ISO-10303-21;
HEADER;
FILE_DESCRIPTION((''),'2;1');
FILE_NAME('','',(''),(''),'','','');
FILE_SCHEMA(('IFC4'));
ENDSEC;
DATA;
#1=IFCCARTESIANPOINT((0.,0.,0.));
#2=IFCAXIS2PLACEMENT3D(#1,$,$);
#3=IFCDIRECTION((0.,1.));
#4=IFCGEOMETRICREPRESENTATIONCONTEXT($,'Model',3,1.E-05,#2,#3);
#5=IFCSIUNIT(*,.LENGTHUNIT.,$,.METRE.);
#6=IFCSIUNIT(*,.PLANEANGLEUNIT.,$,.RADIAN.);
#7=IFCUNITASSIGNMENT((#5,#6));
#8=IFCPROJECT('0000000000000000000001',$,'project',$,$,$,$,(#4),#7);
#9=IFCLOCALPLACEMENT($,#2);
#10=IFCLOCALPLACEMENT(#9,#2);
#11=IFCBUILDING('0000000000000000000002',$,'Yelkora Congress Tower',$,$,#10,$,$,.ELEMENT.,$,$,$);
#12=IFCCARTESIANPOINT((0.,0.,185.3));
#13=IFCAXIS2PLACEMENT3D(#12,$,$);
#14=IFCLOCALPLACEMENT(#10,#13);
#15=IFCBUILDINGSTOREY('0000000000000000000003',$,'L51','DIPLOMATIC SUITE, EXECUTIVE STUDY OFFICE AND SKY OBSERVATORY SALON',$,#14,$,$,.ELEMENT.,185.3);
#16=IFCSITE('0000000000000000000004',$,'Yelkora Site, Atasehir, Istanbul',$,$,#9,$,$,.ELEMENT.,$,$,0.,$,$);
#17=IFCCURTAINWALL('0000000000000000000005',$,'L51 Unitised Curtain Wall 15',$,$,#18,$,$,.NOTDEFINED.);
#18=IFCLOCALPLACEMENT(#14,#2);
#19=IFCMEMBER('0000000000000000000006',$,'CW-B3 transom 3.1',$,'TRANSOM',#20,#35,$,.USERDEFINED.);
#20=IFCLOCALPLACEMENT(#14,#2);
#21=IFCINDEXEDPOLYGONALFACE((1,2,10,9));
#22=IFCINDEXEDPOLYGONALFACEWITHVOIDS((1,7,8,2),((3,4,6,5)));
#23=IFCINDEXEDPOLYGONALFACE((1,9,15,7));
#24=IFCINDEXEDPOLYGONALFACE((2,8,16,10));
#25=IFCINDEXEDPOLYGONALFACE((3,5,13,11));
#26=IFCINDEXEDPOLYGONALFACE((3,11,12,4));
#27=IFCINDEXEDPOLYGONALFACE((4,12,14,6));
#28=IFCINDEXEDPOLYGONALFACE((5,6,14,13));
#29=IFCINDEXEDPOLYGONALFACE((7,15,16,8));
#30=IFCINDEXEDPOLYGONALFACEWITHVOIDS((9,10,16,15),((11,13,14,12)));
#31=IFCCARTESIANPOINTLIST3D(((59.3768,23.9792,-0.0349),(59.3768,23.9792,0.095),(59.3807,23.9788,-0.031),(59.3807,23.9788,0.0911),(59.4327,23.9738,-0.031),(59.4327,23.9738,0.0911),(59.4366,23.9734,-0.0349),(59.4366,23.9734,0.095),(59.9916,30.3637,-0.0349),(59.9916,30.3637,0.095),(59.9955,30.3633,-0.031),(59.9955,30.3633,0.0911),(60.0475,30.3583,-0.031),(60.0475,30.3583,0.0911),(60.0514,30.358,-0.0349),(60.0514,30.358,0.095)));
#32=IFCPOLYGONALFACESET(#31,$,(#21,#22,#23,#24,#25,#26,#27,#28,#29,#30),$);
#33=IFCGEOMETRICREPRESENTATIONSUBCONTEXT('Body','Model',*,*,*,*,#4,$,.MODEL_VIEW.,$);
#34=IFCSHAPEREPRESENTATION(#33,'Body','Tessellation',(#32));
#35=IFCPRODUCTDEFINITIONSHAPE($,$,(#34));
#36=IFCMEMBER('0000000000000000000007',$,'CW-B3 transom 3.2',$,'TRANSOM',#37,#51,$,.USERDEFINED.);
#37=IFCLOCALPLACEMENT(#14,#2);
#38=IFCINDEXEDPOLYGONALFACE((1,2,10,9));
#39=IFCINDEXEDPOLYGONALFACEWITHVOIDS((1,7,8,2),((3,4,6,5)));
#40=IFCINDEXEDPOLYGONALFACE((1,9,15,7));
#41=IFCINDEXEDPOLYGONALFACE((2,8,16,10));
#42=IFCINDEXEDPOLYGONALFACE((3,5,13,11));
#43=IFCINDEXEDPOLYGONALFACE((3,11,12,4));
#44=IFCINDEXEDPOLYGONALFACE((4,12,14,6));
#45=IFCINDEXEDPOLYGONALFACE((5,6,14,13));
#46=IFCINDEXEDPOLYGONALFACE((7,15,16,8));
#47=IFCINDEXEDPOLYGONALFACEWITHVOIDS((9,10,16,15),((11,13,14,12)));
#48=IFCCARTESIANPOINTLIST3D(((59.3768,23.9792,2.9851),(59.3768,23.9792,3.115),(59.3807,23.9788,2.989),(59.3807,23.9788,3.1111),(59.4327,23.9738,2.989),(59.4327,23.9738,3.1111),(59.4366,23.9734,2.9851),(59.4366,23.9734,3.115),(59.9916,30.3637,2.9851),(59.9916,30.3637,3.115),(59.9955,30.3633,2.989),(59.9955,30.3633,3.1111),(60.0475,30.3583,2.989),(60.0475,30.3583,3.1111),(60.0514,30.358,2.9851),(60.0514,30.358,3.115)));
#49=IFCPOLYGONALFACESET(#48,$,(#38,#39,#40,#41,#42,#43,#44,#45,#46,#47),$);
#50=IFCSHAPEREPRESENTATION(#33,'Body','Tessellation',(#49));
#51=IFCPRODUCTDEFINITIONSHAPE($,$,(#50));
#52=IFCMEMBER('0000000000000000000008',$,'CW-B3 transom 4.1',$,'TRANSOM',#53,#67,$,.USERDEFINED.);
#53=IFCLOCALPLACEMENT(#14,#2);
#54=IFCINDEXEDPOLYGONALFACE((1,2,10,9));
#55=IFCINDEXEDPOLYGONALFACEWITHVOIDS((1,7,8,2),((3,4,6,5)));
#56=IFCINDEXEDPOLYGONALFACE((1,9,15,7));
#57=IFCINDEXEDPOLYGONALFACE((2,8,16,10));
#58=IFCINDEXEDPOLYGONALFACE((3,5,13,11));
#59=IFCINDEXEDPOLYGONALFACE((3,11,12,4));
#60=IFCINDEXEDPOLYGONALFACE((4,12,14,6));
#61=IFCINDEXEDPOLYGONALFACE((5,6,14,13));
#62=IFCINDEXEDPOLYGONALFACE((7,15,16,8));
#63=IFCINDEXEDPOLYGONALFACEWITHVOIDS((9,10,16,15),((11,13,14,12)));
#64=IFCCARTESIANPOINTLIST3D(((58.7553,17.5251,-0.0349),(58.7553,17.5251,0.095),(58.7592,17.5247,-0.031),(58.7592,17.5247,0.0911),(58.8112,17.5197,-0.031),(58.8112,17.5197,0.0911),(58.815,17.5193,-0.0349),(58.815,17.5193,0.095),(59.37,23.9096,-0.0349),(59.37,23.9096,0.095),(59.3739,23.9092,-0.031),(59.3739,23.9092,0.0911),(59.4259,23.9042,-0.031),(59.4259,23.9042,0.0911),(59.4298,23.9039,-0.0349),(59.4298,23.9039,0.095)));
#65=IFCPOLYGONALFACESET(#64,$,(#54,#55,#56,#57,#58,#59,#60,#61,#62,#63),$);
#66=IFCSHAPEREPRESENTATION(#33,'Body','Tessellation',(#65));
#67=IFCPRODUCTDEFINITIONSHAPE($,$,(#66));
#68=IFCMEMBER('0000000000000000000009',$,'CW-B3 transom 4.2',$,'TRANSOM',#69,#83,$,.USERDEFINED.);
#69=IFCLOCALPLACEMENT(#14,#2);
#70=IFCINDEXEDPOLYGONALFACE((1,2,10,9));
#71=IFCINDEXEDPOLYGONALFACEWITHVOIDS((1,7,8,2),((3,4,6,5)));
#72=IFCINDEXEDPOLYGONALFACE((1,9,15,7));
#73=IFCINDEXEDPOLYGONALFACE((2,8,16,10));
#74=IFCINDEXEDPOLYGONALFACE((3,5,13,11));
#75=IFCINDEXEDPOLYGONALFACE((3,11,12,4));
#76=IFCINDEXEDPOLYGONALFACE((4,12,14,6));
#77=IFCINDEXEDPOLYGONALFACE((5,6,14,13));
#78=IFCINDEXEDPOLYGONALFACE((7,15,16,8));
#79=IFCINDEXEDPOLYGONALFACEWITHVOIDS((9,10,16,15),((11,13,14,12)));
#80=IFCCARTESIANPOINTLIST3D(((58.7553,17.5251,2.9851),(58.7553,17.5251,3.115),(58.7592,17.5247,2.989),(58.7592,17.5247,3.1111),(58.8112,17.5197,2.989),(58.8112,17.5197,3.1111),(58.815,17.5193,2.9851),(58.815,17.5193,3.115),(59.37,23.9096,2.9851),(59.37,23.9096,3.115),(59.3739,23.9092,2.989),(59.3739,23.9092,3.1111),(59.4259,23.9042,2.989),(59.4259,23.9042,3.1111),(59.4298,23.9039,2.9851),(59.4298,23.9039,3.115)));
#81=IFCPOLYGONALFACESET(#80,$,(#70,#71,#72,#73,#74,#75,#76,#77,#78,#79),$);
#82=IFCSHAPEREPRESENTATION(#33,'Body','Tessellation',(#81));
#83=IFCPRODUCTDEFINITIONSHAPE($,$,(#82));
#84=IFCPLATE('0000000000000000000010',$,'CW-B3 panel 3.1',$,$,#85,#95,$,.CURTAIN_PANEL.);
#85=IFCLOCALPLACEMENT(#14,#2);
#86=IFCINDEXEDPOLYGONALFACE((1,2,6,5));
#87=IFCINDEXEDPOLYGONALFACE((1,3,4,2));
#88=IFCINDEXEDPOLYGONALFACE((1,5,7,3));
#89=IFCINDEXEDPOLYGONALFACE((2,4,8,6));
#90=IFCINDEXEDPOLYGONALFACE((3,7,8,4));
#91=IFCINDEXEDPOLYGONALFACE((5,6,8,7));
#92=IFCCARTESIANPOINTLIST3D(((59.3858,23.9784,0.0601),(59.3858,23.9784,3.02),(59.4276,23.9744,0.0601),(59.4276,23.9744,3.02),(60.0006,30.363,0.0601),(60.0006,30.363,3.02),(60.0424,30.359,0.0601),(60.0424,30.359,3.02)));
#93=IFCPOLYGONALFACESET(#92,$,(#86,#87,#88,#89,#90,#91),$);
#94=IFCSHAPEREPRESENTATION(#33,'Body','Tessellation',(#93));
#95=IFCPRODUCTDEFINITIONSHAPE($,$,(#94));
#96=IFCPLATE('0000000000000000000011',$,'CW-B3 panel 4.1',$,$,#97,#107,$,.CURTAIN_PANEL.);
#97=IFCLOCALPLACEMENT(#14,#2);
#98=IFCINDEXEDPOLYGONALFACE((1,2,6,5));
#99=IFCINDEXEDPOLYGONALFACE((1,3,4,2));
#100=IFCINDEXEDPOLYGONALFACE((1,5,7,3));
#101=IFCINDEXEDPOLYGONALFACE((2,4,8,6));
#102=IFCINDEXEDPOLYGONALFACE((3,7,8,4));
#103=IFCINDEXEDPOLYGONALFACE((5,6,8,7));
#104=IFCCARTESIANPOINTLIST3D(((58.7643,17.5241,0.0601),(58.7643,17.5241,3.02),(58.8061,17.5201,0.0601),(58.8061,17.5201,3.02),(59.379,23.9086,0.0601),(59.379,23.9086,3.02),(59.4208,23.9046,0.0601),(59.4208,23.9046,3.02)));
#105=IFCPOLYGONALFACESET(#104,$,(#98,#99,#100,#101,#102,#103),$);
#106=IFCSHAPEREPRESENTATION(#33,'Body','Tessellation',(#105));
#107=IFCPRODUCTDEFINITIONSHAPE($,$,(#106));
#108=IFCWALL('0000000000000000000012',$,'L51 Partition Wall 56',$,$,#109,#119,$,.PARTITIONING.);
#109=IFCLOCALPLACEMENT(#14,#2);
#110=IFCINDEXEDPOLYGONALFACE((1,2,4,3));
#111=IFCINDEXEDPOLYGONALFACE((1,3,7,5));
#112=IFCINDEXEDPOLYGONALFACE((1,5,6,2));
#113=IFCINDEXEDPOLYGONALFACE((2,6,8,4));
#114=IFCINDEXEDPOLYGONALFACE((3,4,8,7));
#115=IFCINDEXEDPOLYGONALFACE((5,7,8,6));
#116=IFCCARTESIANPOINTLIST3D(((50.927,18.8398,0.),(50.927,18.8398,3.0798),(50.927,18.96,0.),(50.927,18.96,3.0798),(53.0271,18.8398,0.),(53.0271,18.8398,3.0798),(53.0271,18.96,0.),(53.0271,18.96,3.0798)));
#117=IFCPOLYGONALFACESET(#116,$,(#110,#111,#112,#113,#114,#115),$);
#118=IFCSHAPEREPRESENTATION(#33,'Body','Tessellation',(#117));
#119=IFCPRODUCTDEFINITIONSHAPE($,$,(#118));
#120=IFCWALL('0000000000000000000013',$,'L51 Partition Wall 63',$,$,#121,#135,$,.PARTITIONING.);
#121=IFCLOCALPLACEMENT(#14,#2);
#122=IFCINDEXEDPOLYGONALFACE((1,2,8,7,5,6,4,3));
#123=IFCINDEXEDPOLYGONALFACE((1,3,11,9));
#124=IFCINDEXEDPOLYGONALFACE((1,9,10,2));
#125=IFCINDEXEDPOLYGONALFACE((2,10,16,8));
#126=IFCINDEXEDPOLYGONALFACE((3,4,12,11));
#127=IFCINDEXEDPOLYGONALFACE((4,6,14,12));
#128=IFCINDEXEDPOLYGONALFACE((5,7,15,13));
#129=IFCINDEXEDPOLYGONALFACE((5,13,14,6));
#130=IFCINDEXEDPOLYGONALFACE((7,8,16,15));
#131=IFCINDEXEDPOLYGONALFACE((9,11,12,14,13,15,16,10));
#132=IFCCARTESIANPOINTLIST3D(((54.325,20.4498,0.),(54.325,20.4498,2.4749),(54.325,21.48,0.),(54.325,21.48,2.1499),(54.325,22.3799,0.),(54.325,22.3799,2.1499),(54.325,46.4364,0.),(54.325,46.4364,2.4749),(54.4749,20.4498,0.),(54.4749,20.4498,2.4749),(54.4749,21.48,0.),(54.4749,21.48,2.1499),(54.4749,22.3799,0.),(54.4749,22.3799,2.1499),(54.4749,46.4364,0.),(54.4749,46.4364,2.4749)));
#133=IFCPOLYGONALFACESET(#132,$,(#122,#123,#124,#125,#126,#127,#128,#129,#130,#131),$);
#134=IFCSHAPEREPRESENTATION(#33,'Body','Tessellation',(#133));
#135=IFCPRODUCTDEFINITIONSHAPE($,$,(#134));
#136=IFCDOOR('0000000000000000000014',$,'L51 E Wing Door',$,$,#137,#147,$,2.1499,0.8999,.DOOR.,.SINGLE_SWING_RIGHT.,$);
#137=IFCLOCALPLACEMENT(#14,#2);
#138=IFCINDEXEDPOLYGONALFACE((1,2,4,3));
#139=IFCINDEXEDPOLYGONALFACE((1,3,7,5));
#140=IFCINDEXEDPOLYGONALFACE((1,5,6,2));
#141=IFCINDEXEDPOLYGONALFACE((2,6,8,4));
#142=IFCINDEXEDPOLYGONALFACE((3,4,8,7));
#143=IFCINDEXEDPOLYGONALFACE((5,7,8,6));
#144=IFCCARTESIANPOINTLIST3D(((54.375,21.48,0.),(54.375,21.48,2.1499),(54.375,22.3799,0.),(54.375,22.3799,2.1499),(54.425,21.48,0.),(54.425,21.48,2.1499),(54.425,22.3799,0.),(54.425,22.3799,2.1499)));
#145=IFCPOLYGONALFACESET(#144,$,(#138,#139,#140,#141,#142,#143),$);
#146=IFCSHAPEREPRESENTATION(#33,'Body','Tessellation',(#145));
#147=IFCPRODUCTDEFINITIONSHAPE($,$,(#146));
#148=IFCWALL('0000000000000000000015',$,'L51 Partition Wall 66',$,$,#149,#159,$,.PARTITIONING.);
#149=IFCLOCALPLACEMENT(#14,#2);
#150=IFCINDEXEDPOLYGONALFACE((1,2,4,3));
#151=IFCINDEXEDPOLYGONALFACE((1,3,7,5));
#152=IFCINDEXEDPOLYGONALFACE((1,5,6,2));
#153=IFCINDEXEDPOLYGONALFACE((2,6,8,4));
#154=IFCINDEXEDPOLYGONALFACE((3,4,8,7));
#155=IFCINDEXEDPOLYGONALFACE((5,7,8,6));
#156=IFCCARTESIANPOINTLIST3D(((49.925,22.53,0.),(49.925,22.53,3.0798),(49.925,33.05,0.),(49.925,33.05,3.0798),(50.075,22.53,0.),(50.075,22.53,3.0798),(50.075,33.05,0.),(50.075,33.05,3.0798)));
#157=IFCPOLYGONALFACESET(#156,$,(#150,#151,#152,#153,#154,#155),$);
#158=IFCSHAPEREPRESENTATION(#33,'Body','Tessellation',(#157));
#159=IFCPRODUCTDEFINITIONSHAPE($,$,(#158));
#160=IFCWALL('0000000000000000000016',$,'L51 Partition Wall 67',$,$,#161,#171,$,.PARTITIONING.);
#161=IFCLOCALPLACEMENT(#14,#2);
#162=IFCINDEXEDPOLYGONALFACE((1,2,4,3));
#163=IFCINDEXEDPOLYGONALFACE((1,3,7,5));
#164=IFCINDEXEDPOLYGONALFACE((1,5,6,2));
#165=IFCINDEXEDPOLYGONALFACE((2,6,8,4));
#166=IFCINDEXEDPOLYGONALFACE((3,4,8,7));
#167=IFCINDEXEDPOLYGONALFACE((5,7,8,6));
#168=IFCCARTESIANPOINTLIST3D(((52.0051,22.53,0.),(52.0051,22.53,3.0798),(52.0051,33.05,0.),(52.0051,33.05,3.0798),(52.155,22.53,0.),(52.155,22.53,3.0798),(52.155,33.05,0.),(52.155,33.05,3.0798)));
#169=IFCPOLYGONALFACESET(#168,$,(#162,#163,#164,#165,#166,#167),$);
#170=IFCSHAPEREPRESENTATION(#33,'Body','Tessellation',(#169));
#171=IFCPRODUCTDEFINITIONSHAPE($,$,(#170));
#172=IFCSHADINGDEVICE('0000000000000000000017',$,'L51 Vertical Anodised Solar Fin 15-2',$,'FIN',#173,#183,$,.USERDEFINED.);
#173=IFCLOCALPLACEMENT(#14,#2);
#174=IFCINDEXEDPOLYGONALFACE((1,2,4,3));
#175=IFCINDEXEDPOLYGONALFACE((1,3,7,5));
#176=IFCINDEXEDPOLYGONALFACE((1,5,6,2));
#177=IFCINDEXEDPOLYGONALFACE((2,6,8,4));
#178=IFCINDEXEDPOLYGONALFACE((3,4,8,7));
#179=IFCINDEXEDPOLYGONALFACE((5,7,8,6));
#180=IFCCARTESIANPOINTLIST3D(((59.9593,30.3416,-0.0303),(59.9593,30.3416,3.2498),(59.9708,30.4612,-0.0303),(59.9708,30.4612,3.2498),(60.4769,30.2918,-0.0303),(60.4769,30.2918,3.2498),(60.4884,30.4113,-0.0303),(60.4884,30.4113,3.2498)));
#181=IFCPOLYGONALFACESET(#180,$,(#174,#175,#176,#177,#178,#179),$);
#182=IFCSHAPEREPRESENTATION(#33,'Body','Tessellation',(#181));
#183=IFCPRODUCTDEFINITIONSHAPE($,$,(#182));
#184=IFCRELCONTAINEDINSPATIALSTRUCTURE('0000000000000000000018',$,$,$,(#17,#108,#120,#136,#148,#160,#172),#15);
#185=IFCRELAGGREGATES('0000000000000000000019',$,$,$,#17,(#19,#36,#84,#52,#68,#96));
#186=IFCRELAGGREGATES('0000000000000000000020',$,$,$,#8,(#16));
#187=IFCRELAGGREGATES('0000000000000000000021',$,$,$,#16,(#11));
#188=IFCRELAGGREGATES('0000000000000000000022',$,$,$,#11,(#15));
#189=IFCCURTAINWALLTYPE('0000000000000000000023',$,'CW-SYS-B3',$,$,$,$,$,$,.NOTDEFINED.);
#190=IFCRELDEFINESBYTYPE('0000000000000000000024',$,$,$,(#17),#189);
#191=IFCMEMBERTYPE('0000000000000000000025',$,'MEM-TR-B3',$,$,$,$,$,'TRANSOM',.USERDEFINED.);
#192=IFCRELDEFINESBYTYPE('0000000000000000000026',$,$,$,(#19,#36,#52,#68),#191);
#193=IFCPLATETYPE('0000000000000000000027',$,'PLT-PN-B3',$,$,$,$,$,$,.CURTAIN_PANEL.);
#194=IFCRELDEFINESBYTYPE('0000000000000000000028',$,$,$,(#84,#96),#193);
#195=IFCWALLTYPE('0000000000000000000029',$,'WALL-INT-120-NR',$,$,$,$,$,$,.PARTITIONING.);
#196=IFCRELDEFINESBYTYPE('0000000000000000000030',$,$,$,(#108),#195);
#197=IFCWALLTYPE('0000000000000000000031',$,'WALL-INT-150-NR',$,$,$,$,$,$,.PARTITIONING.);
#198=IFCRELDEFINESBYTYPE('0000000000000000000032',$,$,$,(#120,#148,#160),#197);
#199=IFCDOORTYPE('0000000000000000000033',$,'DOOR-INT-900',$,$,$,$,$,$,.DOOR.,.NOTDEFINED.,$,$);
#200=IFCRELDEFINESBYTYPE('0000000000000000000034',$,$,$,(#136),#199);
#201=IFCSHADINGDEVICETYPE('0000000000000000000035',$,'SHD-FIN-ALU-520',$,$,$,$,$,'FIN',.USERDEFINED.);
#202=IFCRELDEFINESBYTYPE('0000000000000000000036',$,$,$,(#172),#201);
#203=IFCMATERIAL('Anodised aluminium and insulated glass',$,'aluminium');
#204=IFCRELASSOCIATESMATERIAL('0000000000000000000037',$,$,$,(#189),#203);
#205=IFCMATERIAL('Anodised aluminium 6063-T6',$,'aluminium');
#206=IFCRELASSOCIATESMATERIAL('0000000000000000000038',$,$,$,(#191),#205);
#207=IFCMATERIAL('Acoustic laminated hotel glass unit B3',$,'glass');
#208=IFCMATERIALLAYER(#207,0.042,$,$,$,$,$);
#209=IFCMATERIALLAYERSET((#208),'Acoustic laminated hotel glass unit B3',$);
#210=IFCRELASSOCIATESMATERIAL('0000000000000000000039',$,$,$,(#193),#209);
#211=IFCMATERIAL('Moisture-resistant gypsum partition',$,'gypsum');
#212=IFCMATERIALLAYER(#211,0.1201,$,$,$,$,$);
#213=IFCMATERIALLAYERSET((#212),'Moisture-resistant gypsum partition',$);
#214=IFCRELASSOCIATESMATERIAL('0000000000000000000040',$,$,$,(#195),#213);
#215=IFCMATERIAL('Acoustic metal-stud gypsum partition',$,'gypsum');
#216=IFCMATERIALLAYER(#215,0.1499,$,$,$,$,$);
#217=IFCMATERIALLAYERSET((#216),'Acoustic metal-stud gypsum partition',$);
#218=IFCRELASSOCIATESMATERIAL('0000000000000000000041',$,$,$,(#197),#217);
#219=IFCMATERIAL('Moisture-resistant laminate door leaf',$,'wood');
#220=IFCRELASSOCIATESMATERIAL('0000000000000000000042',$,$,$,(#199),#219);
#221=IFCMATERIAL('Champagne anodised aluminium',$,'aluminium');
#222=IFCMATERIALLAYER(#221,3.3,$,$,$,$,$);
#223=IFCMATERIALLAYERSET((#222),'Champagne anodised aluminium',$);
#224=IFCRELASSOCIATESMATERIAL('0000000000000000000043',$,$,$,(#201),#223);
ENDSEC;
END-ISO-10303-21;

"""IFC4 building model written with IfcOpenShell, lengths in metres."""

from ifc_helpers import new_model, si_unit, direction, frame, frame_2d, origin, origin_2d, place, context, subcontext, project, spatial, rectangle, hollow_rectangle, extrude, material, layer, layer_set, material_profile, profile_set, type_object, element, fill, aggregate, save


model = new_model("IFC4")

# Units and contexts
model_context = context("Model", 3, precision=1e-05, world=origin(), true_north=direction((0.0, 1.0)))
body_context = subcontext(model_context, "Body", "Model", "MODEL_VIEW")
ifc_project = project(units=[si_unit("LENGTHUNIT", "METRE"), si_unit("PLANEANGLEUNIT", "RADIAN")], contexts=[model_context])

# Site, building, storey
site_placement = place(None, origin())
site = spatial("IfcSite", under=ifc_project, at=site_placement, Name="Yelkora Site, Atasehir, Istanbul", CompositionType="ELEMENT", RefElevation=0.0)
building_placement = place(site_placement, origin())
building = spatial("IfcBuilding", under=site, at=building_placement, Name="Yelkora Congress Tower", CompositionType="ELEMENT")
storey_placement = place(building_placement, frame((0.0, 0.0, 185.3)))
storey = spatial("IfcBuildingStorey", under=building, at=storey_placement, Name="L51", Description="DIPLOMATIC SUITE, EXECUTIVE STUDY OFFICE AND SKY OBSERVATORY SALON", CompositionType="ELEMENT", Elevation=185.3)

# Curtain wall, members, plates
ifc_material_1 = material(Name="Anodised aluminium and insulated glass", Category="aluminium")
curtain_wall_type = type_object("IfcCurtainWallType", Name="CW-SYS-B3", PredefinedType="NOTDEFINED", material=ifc_material_1)
curtain_wall_placement = place(storey_placement, origin())
curtain_wall = element("IfcCurtainWall", 1, at=curtain_wall_placement, inside=storey, type_object=curtain_wall_type, Name="L51 Unitised Curtain Wall 15", PredefinedType="NOTDEFINED")
ifc_material_2 = material(Name="Anodised aluminium 6063-T6", Category="aluminium")
ifc_material_profile_1 = material_profile(ifc_material_2, hollow_rectangle(XDim=0.0601, YDim=0.1299, WallThickness=0.0039, at=origin_2d()), Name="ALU 60x130x4")
ifc_profile_set_1 = profile_set([ifc_material_profile_1], Name="Anodised aluminium 6063-T6")
member_type_1 = type_object("IfcMemberType", Name="MEM-TR-B3", ElementType="TRANSOM", PredefinedType="USERDEFINED", material=ifc_profile_set_1)
member_1_placement = place(storey_placement, frame((60.0215, 30.3608, 0.03), z_axis=(-0.095844, -0.995396, 0.0), x_axis=(0.995396, -0.095844, 0.0)))
member_1 = element("IfcMember", 2, at=member_1_placement, type_object=member_type_1, Name="CW-B3 transom 3.1", ObjectType="TRANSOM", PredefinedType="USERDEFINED", context=body_context, shape_type="SweptSolid", body=[
    extrude(hollow_rectangle(XDim=0.0601, YDim=0.1299, WallThickness=0.0039, at=origin_2d()), origin(), (0.0, 0.0, 1.0), 6.4141),
])
member_2_placement = place(storey_placement, frame((60.0215, 30.3608, 3.05), z_axis=(-0.095844, -0.995396, 0.0), x_axis=(0.995396, -0.095844, 0.0)))
member_2 = element("IfcMember", 3, at=member_2_placement, type_object=member_type_1, Name="CW-B3 transom 3.2", ObjectType="TRANSOM", PredefinedType="USERDEFINED", context=body_context, shape_type="SweptSolid", body=[
    extrude(hollow_rectangle(XDim=0.0601, YDim=0.1299, WallThickness=0.0039, at=origin_2d()), origin(), (0.0, 0.0, 1.0), 6.4141),
])
member_3_placement = place(storey_placement, frame((59.3999, 23.9067, 0.03), z_axis=(-0.095844, -0.995396, 0.0), x_axis=(0.995396, -0.095844, 0.0)))
member_3 = element("IfcMember", 4, at=member_3_placement, type_object=member_type_1, Name="CW-B3 transom 4.1", ObjectType="TRANSOM", PredefinedType="USERDEFINED", context=body_context, shape_type="SweptSolid", body=[
    extrude(hollow_rectangle(XDim=0.0601, YDim=0.1299, WallThickness=0.0039, at=origin_2d()), origin(), (0.0, 0.0, 1.0), 6.4141),
])
member_4_placement = place(storey_placement, frame((59.3999, 23.9067, 3.05), z_axis=(-0.095844, -0.995396, 0.0), x_axis=(0.995396, -0.095844, 0.0)))
member_4 = element("IfcMember", 5, at=member_4_placement, type_object=member_type_1, Name="CW-B3 transom 4.2", ObjectType="TRANSOM", PredefinedType="USERDEFINED", context=body_context, shape_type="SweptSolid", body=[
    extrude(hollow_rectangle(XDim=0.0601, YDim=0.1299, WallThickness=0.0039, at=origin_2d()), origin(), (0.0, 0.0, 1.0), 6.4141),
])
ifc_material_3 = material(Name="Acoustic laminated hotel glass unit B3", Category="glass")
ifc_layer_1 = layer(ifc_material_3, 0.042)
ifc_layer_set_1 = layer_set([ifc_layer_1], Name="Acoustic laminated hotel glass unit B3")
plate_type = type_object("IfcPlateType", Name="PLT-PN-B3", PredefinedType="CURTAIN_PANEL", material=ifc_layer_set_1)
plate_1_placement = place(storey_placement, frame((59.7141, 27.1687, 0.0601), z_axis=(0.0, 0.0, 1.0), x_axis=(-0.095842, -0.995397, 0.0)))
plate_1 = element("IfcPlate", 6, at=plate_1_placement, type_object=plate_type, Name="CW-B3 panel 3.1", PredefinedType="CURTAIN_PANEL", context=body_context, shape_type="SweptSolid", body=[
    extrude(rectangle(XDim=6.4141, YDim=0.042, at=origin_2d()), origin(), (0.0, 0.0, 1.0), 2.96),
])
plate_2_placement = place(storey_placement, frame((59.0925, 20.7144, 0.0601), z_axis=(0.0, 0.0, 1.0), x_axis=(-0.095842, -0.995397, 0.0)))
plate_2 = element("IfcPlate", 7, at=plate_2_placement, type_object=plate_type, Name="CW-B3 panel 4.1", PredefinedType="CURTAIN_PANEL", context=body_context, shape_type="SweptSolid", body=[
    extrude(rectangle(XDim=6.4141, YDim=0.042, at=origin_2d()), origin(), (0.0, 0.0, 1.0), 2.96),
])
aggregate(curtain_wall, [member_1, member_2, plate_1, member_3, member_4, plate_2])

# Wall
ifc_material_4 = material(Name="Moisture-resistant gypsum partition", Category="gypsum")
ifc_layer_2 = layer(ifc_material_4, 0.1201)
ifc_layer_set_2 = layer_set([ifc_layer_2], Name="Moisture-resistant gypsum partition")
wall_type_1 = type_object("IfcWallType", Name="WALL-INT-120-NR", PredefinedType="PARTITIONING", material=ifc_layer_set_2)
wall_1_placement = place(storey_placement, frame((50.927, 18.8999, 0.0), z_axis=(0.0, 0.0, 1.0), x_axis=(1.0, 0.0, 0.0)))
element("IfcWall", 8, at=wall_1_placement, inside=storey, type_object=wall_type_1, Name="L51 Partition Wall 56", PredefinedType="PARTITIONING", context=body_context, shape_type="SweptSolid", body=[
    extrude(rectangle(XDim=2.1001, YDim=0.1201, at=frame_2d((1.05, 0.0))), origin(), (0.0, 0.0, 1.0), 3.0798),
])

# Wall, opening, door
ifc_material_5 = material(Name="Acoustic metal-stud gypsum partition", Category="gypsum")
ifc_layer_3 = layer(ifc_material_5, 0.1499)
ifc_layer_set_3 = layer_set([ifc_layer_3], Name="Acoustic metal-stud gypsum partition")
wall_type_2 = type_object("IfcWallType", Name="WALL-INT-150-NR", PredefinedType="PARTITIONING", material=ifc_layer_set_3)
wall_2_placement = place(storey_placement, frame((54.3999, 20.45, 0.0), z_axis=(0.0, 0.0, 1.0), x_axis=(0.0, 1.0, 0.0)))
wall_2 = element("IfcWall", 9, at=wall_2_placement, inside=storey, type_object=wall_type_2, Name="L51 Partition Wall 63", PredefinedType="PARTITIONING", context=body_context, shape_type="SweptSolid", body=[
    extrude(rectangle(XDim=25.9866, YDim=0.1499, at=frame_2d((12.9932, 0.0))), origin(), (0.0, 0.0, 1.0), 2.4749),
])
opening_1_placement = place(wall_2_placement, frame((1.03, 0.0, 0.0)))
opening_1 = element("IfcOpeningElement", 10, at=opening_1_placement, cuts=wall_2, PredefinedType="OPENING", context=body_context, shape_type="SweptSolid", body=[
    extrude(rectangle(XDim=0.8999, YDim=2.1499, at=frame_2d((0.45, 1.075))), frame((0.0, 0.085, 0.0), z_axis=(0.0, -1.0, 0.0), x_axis=(1.0, 0.0, 0.0)), (0.0, 0.0, 1.0), 0.1699),
])
ifc_material_6 = material(Name="Moisture-resistant laminate door leaf", Category="wood")
door_type = type_object("IfcDoorType", Name="DOOR-INT-900", OperationType="NOTDEFINED", PredefinedType="DOOR", material=ifc_material_6)
door_1_placement = place(opening_1_placement, origin())
door_1 = element("IfcDoor", 11, at=door_1_placement, inside=storey, type_object=door_type, Name="L51 E Wing Door", OperationType="SINGLE_SWING_RIGHT", OverallHeight=2.1499, OverallWidth=0.8999, PredefinedType="DOOR", context=body_context, shape_type="SweptSolid", body=[
    extrude(rectangle(XDim=0.8999, YDim=2.1499, at=frame_2d((0.45, 1.075))), frame((0.0, 0.0249, 0.0), z_axis=(0.0, -1.0, 0.0), x_axis=(1.0, 0.0, 0.0)), (0.0, 0.0, 1.0), 0.05),
])
fill(opening_1, door_1)

# Walls
for number, where, z_axis, x_axis, name in (
    (12, (50.0, 22.53, 0.0), (0.0, 0.0, 1.0), (0.0, 1.0, 0.0), "L51 Partition Wall 66"),
    (13, (52.0801, 22.53, 0.0), (0.0, 0.0, 1.0), (0.0, 1.0, 0.0), "L51 Partition Wall 67"),
):
    element("IfcWall", number, at=place(storey_placement, frame(where, z_axis=z_axis, x_axis=x_axis)), inside=storey, type_object=wall_type_2, Name=name, PredefinedType="PARTITIONING", context=body_context, shape_type="SweptSolid", body=[
        extrude(rectangle(XDim=10.52, YDim=0.1499, at=frame_2d((5.26, 0.0))), origin(), (0.0, 0.0, 1.0), 3.0798),
    ])

# Shading device
ifc_material_7 = material(Name="Champagne anodised aluminium", Category="aluminium")
ifc_layer_4 = layer(ifc_material_7, 3.3)
ifc_layer_set_4 = layer_set([ifc_layer_4], Name="Champagne anodised aluminium")
shading_device_type = type_object("IfcShadingDeviceType", Name="SHD-FIN-ALU-520", ElementType="FIN", PredefinedType="USERDEFINED", material=ifc_layer_set_4)
for number, where, z_axis, x_axis, name in (
    (14, (60.2239, 30.3765, -0.0303), (0.0, 0.0, 1.0), (-0.095846, -0.995396, 0.0), "L51 Vertical Anodised Solar Fin 15-2"),
):
    element("IfcShadingDevice", number, at=place(storey_placement, frame(where, z_axis=z_axis, x_axis=x_axis)), inside=storey, type_object=shading_device_type, Name=name, ObjectType="FIN", PredefinedType="USERDEFINED", context=body_context, shape_type="SweptSolid", body=[
        extrude(rectangle(XDim=0.1201, YDim=0.52, at=origin_2d()), origin(), (0.0, 0.0, 1.0), 3.28),
    ])

save(model, "model.ifc")
